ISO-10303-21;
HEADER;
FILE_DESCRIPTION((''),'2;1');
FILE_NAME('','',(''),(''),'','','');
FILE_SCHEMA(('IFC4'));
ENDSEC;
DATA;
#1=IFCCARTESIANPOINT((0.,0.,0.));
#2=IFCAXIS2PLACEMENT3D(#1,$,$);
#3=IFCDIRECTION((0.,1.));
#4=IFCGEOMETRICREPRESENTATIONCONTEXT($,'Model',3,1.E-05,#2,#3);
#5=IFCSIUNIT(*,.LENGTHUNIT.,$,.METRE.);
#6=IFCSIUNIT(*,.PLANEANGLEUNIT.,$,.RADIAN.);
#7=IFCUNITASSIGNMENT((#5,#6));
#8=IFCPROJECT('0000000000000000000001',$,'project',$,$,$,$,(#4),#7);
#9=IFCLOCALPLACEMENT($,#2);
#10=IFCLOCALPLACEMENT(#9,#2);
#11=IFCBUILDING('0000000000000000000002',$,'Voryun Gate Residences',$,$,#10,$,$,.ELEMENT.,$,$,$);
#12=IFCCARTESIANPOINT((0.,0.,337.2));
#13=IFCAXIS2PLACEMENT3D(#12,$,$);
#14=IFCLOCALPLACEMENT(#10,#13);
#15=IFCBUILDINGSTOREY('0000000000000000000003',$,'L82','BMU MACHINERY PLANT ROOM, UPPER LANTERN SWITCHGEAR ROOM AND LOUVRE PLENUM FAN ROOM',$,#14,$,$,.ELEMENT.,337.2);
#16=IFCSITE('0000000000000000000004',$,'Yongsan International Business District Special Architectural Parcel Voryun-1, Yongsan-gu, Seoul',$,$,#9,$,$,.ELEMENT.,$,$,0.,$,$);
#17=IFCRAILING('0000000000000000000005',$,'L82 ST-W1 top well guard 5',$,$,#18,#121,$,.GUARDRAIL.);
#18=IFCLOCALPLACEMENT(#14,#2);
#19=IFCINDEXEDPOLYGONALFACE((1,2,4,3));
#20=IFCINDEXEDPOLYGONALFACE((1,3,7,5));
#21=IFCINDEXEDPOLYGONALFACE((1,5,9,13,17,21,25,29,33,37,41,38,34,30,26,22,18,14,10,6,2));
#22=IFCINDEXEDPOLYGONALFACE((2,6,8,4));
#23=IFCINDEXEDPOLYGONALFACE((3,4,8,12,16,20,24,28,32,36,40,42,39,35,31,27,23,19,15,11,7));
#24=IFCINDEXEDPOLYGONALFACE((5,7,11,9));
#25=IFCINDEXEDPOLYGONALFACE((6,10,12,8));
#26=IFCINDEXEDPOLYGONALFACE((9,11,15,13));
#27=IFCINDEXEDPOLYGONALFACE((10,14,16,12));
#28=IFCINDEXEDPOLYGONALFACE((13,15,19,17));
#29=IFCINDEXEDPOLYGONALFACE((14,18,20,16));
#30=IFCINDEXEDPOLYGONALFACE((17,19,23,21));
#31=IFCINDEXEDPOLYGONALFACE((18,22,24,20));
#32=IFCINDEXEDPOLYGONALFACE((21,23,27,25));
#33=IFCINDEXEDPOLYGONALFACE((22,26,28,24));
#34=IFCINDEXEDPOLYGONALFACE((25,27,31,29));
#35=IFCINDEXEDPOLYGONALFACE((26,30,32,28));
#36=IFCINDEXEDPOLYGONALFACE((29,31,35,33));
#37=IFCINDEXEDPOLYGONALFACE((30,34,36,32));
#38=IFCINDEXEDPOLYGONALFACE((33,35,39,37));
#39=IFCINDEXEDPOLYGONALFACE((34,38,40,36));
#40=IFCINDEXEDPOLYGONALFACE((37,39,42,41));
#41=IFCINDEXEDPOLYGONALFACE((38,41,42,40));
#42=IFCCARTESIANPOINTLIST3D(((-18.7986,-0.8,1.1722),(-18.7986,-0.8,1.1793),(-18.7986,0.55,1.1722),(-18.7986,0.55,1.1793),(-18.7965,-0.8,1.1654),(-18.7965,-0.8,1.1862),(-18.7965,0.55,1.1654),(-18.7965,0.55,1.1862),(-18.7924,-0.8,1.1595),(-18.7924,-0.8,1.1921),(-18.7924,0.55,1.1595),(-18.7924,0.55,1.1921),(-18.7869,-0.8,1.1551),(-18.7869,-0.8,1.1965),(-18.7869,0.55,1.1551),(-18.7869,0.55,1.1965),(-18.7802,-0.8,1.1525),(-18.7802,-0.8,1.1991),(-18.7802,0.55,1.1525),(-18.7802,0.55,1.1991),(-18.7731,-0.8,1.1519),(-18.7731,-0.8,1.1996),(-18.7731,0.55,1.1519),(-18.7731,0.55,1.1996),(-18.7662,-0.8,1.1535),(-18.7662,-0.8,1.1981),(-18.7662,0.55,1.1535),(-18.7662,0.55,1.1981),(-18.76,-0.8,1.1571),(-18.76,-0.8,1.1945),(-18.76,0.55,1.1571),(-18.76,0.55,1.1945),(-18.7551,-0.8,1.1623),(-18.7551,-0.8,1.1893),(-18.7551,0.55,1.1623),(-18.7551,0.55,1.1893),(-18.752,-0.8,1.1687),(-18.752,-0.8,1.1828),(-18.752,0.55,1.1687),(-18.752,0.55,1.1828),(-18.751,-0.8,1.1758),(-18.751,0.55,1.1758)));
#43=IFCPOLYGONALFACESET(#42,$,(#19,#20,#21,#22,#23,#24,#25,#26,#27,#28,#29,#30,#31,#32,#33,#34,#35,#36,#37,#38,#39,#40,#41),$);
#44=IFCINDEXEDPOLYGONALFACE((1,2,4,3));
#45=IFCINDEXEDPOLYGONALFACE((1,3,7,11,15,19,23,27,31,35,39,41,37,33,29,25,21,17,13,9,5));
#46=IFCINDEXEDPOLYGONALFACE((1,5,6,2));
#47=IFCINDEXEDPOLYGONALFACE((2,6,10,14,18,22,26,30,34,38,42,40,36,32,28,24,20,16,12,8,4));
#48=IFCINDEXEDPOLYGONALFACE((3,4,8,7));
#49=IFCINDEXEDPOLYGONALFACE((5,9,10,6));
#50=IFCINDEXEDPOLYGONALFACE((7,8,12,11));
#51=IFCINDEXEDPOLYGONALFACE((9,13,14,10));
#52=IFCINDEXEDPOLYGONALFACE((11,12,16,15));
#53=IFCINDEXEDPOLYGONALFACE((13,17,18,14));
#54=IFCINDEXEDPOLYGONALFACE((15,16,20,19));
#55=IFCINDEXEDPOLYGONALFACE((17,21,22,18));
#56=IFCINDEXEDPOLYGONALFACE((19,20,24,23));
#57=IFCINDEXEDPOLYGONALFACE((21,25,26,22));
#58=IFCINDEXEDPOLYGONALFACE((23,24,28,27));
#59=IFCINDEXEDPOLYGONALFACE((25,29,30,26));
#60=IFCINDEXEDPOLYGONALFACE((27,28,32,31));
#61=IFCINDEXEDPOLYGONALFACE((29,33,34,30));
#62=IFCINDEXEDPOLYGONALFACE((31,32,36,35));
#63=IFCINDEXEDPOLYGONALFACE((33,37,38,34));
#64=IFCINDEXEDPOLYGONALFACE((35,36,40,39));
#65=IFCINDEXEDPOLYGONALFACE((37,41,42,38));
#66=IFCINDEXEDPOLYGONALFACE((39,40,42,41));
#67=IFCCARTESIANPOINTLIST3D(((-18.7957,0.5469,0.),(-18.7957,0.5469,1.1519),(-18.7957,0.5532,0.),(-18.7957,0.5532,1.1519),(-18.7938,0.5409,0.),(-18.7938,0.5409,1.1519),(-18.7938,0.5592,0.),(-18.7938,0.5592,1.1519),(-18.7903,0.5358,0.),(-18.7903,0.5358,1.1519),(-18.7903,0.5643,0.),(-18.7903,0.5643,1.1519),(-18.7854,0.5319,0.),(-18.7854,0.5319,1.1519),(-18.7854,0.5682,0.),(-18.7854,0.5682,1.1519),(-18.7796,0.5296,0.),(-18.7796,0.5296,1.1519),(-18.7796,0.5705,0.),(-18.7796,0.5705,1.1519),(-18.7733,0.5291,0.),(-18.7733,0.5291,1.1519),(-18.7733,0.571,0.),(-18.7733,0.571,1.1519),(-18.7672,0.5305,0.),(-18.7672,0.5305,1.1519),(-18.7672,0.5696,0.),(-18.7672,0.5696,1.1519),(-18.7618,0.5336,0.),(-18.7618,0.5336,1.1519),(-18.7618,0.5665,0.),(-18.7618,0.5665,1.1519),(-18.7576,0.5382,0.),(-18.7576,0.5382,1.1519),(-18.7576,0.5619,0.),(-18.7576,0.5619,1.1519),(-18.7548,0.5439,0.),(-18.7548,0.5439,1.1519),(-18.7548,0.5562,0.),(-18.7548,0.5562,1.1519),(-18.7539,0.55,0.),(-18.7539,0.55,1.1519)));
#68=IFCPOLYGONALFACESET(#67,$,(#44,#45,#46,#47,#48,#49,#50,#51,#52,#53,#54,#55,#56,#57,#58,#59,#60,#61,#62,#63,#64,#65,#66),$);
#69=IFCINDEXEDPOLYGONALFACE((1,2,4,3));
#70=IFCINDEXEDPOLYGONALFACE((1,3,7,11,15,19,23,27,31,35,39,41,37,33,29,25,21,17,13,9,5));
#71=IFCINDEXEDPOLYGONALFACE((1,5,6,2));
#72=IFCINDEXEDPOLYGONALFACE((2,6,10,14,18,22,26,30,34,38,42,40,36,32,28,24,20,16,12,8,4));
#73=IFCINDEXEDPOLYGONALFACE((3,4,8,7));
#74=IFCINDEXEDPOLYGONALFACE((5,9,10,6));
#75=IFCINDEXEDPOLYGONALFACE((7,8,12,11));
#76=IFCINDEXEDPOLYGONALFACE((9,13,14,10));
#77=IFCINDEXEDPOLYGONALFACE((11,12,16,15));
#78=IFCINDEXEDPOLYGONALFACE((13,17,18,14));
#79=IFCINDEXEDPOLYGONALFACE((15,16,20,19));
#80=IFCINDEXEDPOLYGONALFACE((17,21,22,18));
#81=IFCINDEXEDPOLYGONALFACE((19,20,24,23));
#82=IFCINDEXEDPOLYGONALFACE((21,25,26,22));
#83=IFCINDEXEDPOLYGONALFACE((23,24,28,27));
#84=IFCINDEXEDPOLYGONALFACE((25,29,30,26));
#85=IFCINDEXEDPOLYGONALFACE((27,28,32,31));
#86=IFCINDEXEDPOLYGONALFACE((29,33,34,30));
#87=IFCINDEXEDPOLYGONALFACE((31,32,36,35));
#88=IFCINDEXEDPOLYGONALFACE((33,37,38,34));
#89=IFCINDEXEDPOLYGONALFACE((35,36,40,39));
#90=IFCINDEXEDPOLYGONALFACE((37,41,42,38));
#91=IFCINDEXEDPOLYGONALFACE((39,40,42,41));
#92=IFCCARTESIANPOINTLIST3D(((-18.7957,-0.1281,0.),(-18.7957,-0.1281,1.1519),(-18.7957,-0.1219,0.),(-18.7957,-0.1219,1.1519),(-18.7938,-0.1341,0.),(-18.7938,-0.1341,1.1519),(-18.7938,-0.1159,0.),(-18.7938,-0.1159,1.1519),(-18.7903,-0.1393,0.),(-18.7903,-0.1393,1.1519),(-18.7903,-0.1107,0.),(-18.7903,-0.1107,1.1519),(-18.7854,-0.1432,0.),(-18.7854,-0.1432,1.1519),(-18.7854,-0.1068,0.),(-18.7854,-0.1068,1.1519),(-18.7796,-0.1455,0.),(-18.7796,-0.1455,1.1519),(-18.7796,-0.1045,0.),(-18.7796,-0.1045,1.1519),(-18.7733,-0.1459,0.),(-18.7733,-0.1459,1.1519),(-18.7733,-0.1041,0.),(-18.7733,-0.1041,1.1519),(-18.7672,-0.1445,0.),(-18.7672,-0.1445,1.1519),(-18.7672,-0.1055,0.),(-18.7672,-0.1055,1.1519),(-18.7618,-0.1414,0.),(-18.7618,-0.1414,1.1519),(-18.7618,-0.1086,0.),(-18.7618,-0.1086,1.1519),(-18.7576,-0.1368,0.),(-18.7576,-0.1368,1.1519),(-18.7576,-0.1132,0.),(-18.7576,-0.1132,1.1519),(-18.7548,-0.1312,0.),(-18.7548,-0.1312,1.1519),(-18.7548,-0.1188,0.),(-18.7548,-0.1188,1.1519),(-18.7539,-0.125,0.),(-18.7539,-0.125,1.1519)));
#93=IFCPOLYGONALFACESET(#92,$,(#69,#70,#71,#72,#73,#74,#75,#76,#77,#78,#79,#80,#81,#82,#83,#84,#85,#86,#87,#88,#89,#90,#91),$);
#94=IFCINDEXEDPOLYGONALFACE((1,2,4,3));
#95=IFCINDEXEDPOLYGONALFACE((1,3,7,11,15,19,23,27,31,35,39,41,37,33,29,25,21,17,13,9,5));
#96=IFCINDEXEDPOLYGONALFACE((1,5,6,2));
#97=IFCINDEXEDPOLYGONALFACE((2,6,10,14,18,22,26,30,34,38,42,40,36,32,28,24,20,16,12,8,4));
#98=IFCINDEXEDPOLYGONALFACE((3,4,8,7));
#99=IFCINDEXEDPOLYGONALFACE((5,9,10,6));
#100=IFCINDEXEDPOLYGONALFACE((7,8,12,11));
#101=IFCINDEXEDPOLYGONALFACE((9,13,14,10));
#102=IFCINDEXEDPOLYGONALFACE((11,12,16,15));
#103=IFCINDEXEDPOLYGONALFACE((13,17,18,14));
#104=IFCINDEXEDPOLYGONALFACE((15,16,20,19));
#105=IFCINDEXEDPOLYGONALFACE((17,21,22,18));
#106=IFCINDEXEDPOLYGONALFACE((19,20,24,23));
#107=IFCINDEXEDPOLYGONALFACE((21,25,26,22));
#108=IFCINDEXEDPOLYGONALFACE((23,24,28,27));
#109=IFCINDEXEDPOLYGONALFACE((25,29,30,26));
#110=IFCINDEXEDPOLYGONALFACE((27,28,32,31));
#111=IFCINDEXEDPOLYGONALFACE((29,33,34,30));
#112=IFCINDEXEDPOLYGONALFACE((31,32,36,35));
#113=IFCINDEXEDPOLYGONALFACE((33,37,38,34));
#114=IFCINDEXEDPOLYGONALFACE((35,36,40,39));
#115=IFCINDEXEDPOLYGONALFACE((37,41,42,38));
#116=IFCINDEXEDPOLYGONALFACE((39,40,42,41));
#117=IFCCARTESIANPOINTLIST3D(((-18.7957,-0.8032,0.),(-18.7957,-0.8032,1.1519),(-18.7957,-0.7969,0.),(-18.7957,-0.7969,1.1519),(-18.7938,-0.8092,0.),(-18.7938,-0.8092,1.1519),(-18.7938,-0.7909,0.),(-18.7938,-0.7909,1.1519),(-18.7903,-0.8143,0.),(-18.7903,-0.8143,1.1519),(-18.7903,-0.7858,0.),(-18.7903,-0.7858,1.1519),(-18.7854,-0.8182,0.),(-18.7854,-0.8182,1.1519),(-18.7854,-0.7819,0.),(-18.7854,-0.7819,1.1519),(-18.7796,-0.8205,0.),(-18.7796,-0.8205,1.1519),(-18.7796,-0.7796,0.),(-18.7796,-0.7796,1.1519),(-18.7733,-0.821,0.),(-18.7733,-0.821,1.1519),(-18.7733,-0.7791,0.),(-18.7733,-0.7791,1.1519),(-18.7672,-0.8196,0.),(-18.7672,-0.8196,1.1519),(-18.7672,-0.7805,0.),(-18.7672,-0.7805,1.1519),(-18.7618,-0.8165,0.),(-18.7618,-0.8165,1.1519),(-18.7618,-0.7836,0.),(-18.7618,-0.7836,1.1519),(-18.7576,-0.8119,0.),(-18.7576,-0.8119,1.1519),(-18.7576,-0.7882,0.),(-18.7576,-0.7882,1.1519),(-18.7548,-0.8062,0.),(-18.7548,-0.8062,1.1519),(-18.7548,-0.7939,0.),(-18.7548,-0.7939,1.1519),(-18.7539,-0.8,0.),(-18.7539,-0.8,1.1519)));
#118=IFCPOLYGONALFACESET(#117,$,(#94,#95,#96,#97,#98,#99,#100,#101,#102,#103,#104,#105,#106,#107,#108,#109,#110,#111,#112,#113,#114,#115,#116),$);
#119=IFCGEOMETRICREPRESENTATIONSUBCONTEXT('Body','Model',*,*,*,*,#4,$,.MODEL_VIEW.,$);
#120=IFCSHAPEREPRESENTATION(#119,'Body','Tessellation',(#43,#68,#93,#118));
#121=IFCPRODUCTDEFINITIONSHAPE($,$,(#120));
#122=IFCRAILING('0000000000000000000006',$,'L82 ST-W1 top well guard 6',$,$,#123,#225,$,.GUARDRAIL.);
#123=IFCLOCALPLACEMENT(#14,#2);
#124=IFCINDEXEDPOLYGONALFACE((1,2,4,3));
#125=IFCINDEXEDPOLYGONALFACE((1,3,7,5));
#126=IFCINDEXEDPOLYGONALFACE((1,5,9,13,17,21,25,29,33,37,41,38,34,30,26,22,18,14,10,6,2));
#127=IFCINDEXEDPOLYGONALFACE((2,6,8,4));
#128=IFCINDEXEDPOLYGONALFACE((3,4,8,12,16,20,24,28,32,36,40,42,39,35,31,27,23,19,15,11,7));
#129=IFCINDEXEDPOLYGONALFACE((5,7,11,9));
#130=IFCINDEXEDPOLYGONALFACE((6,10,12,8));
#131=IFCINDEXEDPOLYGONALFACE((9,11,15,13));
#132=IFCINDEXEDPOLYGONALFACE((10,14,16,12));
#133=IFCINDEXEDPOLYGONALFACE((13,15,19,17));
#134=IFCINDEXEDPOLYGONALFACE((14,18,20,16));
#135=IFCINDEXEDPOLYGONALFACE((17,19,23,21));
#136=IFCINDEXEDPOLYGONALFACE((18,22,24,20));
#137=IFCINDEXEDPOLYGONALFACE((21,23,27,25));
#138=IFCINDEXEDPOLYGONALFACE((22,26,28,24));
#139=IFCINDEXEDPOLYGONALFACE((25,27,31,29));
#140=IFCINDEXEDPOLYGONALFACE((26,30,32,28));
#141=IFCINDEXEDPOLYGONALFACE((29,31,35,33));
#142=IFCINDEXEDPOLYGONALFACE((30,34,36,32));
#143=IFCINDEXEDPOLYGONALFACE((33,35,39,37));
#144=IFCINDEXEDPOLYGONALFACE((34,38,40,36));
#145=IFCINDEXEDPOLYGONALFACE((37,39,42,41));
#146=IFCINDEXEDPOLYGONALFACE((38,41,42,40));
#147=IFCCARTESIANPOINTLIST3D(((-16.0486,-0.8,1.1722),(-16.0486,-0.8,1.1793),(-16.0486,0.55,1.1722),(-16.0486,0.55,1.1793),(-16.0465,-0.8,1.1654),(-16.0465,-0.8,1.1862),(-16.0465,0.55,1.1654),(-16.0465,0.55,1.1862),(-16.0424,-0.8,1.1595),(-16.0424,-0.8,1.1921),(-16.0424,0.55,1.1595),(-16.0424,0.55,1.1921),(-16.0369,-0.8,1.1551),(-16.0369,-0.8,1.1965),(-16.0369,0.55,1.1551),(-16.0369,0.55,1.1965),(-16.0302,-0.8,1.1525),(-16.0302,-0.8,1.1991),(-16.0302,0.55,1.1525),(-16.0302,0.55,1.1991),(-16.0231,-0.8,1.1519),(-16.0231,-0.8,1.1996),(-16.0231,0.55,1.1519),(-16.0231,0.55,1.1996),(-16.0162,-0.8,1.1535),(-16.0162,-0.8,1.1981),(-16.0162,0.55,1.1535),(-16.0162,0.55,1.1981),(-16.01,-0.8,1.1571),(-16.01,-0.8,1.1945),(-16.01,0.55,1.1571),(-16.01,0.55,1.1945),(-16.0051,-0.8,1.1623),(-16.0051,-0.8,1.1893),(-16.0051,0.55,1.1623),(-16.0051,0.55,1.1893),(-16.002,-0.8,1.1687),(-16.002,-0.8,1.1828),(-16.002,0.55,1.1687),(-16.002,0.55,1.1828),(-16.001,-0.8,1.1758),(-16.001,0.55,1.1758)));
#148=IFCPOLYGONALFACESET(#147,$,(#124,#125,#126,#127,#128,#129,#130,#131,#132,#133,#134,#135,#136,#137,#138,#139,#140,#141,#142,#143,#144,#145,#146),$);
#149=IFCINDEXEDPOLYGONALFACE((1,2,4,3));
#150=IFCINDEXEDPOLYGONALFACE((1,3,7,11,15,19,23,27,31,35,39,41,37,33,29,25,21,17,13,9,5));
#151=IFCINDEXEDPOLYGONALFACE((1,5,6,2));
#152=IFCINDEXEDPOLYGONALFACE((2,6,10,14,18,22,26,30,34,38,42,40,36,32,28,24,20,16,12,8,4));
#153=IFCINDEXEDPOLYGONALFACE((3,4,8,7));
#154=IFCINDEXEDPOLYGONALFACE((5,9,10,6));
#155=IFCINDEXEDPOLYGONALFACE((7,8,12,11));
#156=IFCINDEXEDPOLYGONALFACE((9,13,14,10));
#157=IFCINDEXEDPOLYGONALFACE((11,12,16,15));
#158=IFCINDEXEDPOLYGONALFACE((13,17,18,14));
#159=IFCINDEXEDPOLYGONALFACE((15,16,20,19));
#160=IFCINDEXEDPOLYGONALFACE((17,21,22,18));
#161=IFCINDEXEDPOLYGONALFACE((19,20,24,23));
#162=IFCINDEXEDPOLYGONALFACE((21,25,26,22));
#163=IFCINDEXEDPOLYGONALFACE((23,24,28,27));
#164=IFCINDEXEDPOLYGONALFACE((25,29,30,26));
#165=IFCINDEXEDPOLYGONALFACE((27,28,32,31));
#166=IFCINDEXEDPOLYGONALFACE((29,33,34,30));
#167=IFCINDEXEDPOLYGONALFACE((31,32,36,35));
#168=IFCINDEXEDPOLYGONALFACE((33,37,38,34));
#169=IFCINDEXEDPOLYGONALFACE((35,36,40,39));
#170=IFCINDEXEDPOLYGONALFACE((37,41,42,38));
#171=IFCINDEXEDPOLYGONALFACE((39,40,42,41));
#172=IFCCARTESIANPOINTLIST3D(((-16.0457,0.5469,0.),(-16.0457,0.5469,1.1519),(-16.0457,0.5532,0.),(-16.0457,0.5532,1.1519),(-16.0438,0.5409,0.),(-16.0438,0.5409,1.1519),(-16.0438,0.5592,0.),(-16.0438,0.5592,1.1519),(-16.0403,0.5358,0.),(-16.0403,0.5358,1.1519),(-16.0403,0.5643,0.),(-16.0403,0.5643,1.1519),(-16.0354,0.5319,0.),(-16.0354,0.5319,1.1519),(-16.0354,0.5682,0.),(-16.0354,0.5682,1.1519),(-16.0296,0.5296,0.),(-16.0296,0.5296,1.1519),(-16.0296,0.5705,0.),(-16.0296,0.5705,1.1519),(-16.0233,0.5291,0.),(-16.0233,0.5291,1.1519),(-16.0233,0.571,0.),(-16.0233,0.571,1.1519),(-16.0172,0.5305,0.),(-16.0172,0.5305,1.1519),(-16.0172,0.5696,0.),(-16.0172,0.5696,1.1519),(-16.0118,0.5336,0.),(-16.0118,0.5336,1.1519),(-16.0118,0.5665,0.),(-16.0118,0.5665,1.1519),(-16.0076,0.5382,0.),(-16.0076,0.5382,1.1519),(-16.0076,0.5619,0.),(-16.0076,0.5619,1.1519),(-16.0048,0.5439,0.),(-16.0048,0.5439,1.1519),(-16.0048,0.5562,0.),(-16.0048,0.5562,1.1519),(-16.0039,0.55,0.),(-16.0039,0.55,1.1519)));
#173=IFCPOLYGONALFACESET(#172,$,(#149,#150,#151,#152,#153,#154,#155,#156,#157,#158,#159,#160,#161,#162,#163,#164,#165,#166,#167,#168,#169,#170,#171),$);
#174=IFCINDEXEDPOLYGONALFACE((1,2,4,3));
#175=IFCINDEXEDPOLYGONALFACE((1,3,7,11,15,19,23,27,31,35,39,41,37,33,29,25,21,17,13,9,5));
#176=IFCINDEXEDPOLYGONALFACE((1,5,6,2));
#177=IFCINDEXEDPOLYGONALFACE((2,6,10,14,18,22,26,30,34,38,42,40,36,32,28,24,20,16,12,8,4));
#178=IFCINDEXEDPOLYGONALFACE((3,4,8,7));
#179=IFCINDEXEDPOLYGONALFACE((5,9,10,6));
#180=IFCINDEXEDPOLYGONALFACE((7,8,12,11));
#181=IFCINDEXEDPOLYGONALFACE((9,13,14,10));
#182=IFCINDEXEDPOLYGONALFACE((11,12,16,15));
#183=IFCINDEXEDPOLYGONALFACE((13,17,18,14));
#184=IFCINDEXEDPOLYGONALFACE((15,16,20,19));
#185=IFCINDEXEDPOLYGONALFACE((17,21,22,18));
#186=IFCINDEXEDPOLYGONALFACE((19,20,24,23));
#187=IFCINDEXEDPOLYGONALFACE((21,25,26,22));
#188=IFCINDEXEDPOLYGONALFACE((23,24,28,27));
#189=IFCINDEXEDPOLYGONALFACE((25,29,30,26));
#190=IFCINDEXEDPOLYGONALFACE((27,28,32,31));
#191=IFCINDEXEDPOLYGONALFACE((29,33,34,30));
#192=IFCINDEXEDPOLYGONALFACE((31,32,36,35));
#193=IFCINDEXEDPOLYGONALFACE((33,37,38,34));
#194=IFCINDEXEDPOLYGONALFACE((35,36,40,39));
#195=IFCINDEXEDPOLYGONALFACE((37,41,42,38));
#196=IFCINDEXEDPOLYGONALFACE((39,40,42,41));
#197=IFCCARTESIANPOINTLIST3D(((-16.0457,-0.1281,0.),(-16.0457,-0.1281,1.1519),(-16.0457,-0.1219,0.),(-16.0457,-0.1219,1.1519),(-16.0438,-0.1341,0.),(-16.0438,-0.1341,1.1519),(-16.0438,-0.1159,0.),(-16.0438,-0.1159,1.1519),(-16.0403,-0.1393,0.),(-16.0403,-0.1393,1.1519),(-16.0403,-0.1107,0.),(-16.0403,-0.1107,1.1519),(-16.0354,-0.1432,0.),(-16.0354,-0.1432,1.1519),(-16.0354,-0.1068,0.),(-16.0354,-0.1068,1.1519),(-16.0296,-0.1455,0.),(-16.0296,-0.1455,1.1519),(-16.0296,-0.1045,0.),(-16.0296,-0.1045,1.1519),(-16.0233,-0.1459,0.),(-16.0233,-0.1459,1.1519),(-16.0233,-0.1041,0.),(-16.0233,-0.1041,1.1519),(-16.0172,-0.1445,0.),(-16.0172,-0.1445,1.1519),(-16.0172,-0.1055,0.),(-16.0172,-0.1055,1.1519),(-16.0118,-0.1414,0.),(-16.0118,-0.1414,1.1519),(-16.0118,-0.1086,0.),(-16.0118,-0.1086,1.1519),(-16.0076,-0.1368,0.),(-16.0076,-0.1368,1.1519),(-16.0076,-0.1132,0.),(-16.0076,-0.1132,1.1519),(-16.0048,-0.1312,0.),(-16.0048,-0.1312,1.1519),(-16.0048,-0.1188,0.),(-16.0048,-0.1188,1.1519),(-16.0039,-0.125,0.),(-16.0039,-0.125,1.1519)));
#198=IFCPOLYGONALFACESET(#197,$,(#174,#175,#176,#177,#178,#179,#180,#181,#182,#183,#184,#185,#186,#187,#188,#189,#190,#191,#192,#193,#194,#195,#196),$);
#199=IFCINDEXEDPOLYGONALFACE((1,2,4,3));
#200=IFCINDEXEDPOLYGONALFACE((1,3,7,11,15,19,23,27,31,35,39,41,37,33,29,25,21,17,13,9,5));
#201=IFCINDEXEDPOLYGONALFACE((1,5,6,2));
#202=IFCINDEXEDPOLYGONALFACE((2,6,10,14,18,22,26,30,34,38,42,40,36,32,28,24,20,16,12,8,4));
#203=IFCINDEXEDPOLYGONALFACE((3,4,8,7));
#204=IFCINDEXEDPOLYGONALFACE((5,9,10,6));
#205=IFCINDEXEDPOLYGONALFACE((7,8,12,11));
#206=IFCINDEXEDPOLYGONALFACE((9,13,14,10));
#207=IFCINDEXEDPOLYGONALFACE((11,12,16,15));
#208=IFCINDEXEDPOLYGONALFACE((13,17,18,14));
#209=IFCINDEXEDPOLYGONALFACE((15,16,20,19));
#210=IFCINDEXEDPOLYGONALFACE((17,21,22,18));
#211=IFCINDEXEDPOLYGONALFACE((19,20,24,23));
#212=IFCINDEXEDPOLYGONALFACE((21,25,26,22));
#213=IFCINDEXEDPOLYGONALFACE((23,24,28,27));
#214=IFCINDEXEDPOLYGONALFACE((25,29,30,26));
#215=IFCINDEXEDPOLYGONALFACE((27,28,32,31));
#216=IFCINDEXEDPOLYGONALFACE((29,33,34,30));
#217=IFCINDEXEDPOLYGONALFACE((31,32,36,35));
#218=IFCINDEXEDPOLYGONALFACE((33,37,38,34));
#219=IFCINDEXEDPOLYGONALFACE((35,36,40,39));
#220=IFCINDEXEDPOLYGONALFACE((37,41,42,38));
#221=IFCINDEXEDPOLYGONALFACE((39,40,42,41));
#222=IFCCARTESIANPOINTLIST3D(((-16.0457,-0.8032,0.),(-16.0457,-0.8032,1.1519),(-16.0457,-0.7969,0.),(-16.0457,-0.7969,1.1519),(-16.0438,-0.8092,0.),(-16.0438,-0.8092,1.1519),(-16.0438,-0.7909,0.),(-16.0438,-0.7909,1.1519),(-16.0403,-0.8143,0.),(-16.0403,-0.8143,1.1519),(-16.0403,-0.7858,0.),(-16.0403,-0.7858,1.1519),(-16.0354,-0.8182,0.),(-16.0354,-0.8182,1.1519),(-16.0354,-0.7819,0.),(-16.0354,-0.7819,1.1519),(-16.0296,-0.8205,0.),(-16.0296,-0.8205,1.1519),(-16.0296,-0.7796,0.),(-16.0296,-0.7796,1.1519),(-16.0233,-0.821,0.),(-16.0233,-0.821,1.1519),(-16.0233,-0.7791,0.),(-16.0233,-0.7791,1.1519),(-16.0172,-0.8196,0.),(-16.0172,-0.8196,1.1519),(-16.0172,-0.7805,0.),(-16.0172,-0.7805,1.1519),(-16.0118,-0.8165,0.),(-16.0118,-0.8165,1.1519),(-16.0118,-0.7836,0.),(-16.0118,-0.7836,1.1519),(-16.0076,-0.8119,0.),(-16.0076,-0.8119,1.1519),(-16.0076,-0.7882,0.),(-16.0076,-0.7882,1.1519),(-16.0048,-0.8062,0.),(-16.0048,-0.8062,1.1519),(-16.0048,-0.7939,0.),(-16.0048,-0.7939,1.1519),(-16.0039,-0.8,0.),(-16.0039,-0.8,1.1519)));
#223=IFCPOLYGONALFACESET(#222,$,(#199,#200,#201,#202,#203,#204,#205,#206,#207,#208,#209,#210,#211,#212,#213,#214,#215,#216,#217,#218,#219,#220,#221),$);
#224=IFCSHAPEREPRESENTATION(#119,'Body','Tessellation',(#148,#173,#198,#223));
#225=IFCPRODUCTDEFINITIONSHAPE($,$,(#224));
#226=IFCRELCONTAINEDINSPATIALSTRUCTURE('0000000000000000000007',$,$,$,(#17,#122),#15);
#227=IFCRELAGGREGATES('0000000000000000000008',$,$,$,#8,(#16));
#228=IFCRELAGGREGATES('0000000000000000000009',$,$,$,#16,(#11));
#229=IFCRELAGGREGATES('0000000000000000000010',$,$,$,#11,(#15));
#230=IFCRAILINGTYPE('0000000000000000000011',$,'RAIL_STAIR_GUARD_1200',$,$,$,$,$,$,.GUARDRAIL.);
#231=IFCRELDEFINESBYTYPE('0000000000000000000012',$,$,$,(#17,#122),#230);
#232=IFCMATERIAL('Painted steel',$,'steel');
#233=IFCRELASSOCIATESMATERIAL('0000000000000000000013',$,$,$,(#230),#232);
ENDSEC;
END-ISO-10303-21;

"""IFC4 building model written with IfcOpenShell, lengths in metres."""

from ifc_helpers import new_model, si_unit, direction, frame, origin, origin_2d, place, context, subcontext, project, spatial, circle, extrude, material, type_object, element, save


model = new_model("IFC4")

# Units and contexts
model_context = context("Model", 3, precision=1e-05, world=origin(), true_north=direction((0.0, 1.0)))
body_context = subcontext(model_context, "Body", "Model", "MODEL_VIEW")
ifc_project = project(units=[si_unit("LENGTHUNIT", "METRE"), si_unit("PLANEANGLEUNIT", "RADIAN")], contexts=[model_context])

# Site, building, storey
site_placement = place(None, origin())
site = spatial("IfcSite", under=ifc_project, at=site_placement, Name="Yongsan International Business District Special Architectural Parcel Voryun-1, Yongsan-gu, Seoul", CompositionType="ELEMENT", RefElevation=0.0)
building_placement = place(site_placement, origin())
building = spatial("IfcBuilding", under=site, at=building_placement, Name="Voryun Gate Residences", CompositionType="ELEMENT")
storey_placement = place(building_placement, frame((0.0, 0.0, 337.2)))
storey = spatial("IfcBuildingStorey", under=building, at=storey_placement, Name="L82", Description="BMU MACHINERY PLANT ROOM, UPPER LANTERN SWITCHGEAR ROOM AND LOUVRE PLENUM FAN ROOM", CompositionType="ELEMENT", Elevation=337.2)

# Railings
ifc_material_1 = material(Name="Painted steel", Category="steel")
railing_type = type_object("IfcRailingType", Name="RAIL_STAIR_GUARD_1200", PredefinedType="GUARDRAIL", material=ifc_material_1)
for number, where, name in (
    (1, (-18.7749, 0.55, 0.0), "L82 ST-W1 top well guard 5"),
    (2, (-16.0249, 0.55, 0.0), "L82 ST-W1 top well guard 6"),
):
    element("IfcRailing", number, at=place(storey_placement, frame(where)), inside=storey, type_object=railing_type, Name=name, PredefinedType="GUARDRAIL", context=body_context, shape_type="SweptSolid", body=[
        extrude(circle(Radius=0.0239, at=origin_2d()), frame((0.0, 0.0, 1.1758), z_axis=(0.0, -1.0, 0.0), x_axis=(1.0, 0.0, 0.0)), (0.0, 0.0, 1.0), 1.3501),
        extrude(circle(Radius=0.021, at=origin_2d()), origin(), (0.0, 0.0, 1.0), 1.1519),
        extrude(circle(Radius=0.021, at=origin_2d()), frame((0.0, -0.675, 0.0)), (0.0, 0.0, 1.0), 1.1519),
        extrude(circle(Radius=0.021, at=origin_2d()), frame((0.0, -1.3501, 0.0)), (0.0, 0.0, 1.0), 1.1519),
    ])

save(model, "model.ifc")
